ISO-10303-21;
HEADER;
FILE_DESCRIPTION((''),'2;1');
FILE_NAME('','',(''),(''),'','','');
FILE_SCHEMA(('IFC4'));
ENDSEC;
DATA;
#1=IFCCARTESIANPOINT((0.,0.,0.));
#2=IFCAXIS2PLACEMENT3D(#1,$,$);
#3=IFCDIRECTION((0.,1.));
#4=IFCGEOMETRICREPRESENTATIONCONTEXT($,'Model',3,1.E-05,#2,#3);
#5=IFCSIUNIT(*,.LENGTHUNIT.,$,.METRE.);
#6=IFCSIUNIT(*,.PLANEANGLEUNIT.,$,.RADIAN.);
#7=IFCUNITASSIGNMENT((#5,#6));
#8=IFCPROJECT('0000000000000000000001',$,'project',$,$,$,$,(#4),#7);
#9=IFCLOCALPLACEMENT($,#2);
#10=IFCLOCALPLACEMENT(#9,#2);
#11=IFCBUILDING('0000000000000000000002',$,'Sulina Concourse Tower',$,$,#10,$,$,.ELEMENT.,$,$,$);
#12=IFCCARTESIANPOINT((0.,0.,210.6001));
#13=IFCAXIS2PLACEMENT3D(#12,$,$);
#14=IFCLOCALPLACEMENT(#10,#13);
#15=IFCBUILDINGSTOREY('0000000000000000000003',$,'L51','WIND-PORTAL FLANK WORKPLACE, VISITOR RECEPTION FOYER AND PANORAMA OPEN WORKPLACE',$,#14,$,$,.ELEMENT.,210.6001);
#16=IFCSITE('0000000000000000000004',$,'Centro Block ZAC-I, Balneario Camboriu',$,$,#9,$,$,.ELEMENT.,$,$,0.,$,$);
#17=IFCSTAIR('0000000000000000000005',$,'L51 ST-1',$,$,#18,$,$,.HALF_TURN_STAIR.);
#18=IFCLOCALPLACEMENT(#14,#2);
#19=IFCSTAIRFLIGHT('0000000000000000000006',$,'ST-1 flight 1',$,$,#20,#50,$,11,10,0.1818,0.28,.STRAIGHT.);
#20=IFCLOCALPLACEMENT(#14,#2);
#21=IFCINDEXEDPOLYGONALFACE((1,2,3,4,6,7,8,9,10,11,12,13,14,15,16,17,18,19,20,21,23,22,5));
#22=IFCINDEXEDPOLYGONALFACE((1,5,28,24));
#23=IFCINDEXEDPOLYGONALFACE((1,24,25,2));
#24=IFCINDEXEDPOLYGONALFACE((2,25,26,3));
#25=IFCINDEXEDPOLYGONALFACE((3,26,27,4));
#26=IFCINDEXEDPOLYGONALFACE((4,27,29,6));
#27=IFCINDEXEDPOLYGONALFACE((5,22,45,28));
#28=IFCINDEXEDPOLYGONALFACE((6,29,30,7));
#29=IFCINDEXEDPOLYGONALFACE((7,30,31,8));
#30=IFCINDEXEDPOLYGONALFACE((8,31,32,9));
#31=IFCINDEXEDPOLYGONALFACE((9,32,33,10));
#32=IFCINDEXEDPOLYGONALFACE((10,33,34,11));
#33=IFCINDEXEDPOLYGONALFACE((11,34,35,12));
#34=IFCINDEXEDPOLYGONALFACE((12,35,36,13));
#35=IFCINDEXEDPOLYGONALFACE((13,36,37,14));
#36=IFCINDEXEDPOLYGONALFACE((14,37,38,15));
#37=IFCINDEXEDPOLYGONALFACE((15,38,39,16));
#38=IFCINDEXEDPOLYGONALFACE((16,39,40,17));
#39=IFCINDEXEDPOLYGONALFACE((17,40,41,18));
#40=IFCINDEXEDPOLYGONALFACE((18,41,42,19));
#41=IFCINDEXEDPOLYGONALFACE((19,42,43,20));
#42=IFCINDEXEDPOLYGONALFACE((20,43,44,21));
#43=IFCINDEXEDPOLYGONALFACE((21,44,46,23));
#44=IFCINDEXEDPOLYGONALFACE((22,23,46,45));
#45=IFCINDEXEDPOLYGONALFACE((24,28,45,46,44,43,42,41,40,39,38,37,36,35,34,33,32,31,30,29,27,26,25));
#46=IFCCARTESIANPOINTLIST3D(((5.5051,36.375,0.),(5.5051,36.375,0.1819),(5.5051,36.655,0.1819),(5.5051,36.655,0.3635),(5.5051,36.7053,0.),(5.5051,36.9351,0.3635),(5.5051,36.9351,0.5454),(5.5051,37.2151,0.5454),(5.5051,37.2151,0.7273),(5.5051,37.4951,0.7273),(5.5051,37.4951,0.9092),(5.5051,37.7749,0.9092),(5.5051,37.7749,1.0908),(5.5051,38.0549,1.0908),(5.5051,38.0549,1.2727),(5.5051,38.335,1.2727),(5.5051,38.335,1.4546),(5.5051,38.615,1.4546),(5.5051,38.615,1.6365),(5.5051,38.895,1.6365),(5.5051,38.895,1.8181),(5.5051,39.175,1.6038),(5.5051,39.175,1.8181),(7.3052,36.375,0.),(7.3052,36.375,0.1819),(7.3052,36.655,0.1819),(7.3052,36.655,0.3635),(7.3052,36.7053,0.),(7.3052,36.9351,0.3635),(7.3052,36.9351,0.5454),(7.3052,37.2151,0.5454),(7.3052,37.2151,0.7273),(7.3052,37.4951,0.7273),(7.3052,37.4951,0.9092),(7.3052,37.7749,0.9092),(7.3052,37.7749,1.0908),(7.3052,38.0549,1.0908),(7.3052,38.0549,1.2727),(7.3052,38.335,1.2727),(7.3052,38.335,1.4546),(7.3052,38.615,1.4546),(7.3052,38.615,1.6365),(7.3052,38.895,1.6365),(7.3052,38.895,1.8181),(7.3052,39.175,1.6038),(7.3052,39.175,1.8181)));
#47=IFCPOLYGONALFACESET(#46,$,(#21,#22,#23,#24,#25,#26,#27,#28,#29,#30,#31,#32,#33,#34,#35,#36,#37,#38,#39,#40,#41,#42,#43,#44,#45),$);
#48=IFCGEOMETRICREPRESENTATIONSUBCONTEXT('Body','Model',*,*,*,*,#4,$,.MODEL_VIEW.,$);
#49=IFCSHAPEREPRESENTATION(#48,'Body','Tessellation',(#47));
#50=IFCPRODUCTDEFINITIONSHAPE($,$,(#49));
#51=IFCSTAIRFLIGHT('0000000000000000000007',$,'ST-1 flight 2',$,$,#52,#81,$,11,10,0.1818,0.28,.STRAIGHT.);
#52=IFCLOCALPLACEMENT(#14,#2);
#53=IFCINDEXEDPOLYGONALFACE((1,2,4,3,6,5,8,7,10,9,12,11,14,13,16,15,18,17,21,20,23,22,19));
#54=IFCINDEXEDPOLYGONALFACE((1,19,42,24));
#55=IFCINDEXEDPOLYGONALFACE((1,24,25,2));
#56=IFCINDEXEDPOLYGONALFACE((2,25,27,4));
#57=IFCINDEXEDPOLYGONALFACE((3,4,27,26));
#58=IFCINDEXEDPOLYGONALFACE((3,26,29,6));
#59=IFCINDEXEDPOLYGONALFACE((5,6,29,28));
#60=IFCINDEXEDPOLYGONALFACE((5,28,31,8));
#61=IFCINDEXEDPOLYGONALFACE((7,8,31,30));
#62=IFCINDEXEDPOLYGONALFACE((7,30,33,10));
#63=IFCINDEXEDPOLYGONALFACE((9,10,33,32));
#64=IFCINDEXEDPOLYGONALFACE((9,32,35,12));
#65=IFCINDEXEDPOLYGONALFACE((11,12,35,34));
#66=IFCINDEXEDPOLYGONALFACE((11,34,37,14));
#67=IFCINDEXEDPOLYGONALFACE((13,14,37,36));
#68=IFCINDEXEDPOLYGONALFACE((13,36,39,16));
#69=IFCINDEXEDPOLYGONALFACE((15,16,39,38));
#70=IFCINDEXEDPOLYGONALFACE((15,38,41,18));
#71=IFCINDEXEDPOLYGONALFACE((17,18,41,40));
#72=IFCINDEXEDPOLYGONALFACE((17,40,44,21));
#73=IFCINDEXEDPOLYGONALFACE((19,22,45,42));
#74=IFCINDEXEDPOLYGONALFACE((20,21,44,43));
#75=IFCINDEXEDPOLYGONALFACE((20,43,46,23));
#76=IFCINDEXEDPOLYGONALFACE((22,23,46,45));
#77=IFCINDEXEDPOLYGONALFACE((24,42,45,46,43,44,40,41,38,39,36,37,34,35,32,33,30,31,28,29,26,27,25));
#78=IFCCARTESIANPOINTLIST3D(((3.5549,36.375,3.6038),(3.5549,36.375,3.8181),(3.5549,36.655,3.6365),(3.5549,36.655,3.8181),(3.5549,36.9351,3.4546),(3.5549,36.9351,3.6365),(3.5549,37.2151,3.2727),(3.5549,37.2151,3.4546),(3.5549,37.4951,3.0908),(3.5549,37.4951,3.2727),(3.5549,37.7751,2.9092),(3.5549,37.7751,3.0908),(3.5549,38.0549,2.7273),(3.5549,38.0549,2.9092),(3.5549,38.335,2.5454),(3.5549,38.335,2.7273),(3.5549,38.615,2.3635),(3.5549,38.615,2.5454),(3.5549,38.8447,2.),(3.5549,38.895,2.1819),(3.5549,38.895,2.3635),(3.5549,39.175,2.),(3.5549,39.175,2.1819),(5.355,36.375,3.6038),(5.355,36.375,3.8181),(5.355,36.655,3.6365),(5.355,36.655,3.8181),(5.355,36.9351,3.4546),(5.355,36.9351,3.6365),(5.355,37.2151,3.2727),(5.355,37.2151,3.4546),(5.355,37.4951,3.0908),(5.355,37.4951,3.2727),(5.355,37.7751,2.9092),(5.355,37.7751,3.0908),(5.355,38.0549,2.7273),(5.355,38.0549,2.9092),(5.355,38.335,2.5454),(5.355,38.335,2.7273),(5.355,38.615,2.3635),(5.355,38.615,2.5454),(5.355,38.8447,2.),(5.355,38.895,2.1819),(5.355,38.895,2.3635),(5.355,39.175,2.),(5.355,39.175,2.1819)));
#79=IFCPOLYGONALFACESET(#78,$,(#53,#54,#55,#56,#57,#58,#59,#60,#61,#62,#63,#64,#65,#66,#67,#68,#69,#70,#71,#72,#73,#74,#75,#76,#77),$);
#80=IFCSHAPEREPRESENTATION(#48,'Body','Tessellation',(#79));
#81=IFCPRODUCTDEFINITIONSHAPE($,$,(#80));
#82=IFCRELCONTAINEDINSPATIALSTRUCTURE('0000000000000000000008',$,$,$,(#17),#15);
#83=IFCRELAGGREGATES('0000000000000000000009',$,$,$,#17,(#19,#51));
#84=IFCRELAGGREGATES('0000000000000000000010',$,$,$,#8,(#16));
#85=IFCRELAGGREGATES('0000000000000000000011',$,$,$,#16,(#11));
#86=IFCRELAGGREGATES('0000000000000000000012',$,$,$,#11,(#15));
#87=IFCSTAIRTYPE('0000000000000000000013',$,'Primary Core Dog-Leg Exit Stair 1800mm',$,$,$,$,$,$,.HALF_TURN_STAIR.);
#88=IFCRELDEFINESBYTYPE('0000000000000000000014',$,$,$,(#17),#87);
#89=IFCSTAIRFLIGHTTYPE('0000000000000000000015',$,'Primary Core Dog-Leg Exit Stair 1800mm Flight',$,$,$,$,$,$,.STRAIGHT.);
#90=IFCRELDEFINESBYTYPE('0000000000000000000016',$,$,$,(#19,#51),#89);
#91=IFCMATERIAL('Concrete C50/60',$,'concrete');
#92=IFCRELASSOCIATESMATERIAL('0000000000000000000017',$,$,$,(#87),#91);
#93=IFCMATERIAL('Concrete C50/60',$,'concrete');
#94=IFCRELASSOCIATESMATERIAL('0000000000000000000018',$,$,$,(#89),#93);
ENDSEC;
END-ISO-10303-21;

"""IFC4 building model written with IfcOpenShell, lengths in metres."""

from ifc_helpers import new_model, si_unit, direction, frame, origin, place, context, subcontext, project, spatial, polyline, outline, extrude, material, type_object, element, aggregate, save


model = new_model("IFC4")

# Units and contexts
model_context = context("Model", 3, precision=1e-05, world=origin(), true_north=direction((0.0, 1.0)))
body_context = subcontext(model_context, "Body", "Model", "MODEL_VIEW")
ifc_project = project(units=[si_unit("LENGTHUNIT", "METRE"), si_unit("PLANEANGLEUNIT", "RADIAN")], contexts=[model_context])

# Site, building, storey
site_placement = place(None, origin())
site = spatial("IfcSite", under=ifc_project, at=site_placement, Name="Centro Block ZAC-I, Balneario Camboriu", CompositionType="ELEMENT", RefElevation=0.0)
building_placement = place(site_placement, origin())
building = spatial("IfcBuilding", under=site, at=building_placement, Name="Sulina Concourse Tower", CompositionType="ELEMENT")
storey_placement = place(building_placement, frame((0.0, 0.0, 210.6001)))
storey = spatial("IfcBuildingStorey", under=building, at=storey_placement, Name="L51", Description="WIND-PORTAL FLANK WORKPLACE, VISITOR RECEPTION FOYER AND PANORAMA OPEN WORKPLACE", CompositionType="ELEMENT", Elevation=210.6001)

# Stair, stair flights
ifc_material_1 = material(Name="Concrete C50/60", Category="concrete")
stair_type = type_object("IfcStairType", Name="Primary Core Dog-Leg Exit Stair 1800mm", PredefinedType="HALF_TURN_STAIR", material=ifc_material_1)
stair_placement = place(storey_placement, origin())
stair = element("IfcStair", 1, at=stair_placement, inside=storey, type_object=stair_type, Name="L51 ST-1", PredefinedType="HALF_TURN_STAIR")
ifc_material_2 = material(Name="Concrete C50/60", Category="concrete")
stair_flight_type = type_object("IfcStairFlightType", Name="Primary Core Dog-Leg Exit Stair 1800mm Flight", PredefinedType="STRAIGHT", material=ifc_material_2)
stair_flight_1_placement = place(storey_placement, frame((6.405, 36.375, 0.0), z_axis=(0.0, 0.0, 1.0), x_axis=(0.0, 1.0, 0.0)))
stair_flight_1 = element("IfcStairFlight", 2, at=stair_flight_1_placement, type_object=stair_flight_type, Name="ST-1 flight 1", NumberOfRisers=11, NumberOfTreads=10, PredefinedType="STRAIGHT", RiserHeight=0.1818, TreadLength=0.28, context=body_context, shape_type="SweptSolid", body=[
    extrude(outline(polyline([(0.0, 0.0), (0.0, 0.1819), (0.28, 0.1819), (0.28, 0.3635), (0.5601, 0.3635), (0.5601, 0.5454), (0.8401, 0.5454), (0.8401, 0.7273), (1.1201, 0.7273), (1.1201, 0.9092), (1.3999, 0.9092), (1.3999, 1.0908), (1.6799, 1.0908), (1.6799, 1.2727), (1.96, 1.2727), (1.96, 1.4546), (2.24, 1.4546), (2.24, 1.6365), (2.52, 1.6365), (2.52, 1.8181), (2.8, 1.8181), (2.8, 2.0), (2.8, 1.6038), (0.3303, 0.0), (0.0, 0.0)])), frame((0.0, 0.8999, 0.0), z_axis=(0.0, -1.0, 0.0), x_axis=(1.0, 0.0, 0.0)), (0.0, 0.0, 1.0), 1.8),
])
stair_flight_2_placement = place(storey_placement, frame((4.4551, 39.175, 2.0), z_axis=(0.0, 0.0, 1.0), x_axis=(0.0, -1.0, 0.0)))
stair_flight_2 = element("IfcStairFlight", 3, at=stair_flight_2_placement, type_object=stair_flight_type, Name="ST-1 flight 2", NumberOfRisers=11, NumberOfTreads=10, PredefinedType="STRAIGHT", RiserHeight=0.1818, TreadLength=0.28, context=body_context, shape_type="SweptSolid", body=[
    extrude(outline(polyline([(0.0, 0.0), (0.0, 0.1819), (0.28, 0.1819), (0.28, 0.3635), (0.5601, 0.3635), (0.5601, 0.5454), (0.8401, 0.5454), (0.8401, 0.7273), (1.1201, 0.7273), (1.1201, 0.9092), (1.3999, 0.9092), (1.3999, 1.0908), (1.6799, 1.0908), (1.6799, 1.2727), (1.96, 1.2727), (1.96, 1.4546), (2.24, 1.4546), (2.24, 1.6365), (2.52, 1.6365), (2.52, 1.8181), (2.8, 1.8181), (2.8, 2.0), (2.8, 1.6038), (0.3303, 0.0), (0.0, 0.0)])), frame((0.0, 0.8999, 0.0), z_axis=(0.0, -1.0, 0.0), x_axis=(1.0, 0.0, 0.0)), (0.0, 0.0, 1.0), 1.8),
])
aggregate(stair, [stair_flight_1, stair_flight_2])

save(model, "model.ifc")
